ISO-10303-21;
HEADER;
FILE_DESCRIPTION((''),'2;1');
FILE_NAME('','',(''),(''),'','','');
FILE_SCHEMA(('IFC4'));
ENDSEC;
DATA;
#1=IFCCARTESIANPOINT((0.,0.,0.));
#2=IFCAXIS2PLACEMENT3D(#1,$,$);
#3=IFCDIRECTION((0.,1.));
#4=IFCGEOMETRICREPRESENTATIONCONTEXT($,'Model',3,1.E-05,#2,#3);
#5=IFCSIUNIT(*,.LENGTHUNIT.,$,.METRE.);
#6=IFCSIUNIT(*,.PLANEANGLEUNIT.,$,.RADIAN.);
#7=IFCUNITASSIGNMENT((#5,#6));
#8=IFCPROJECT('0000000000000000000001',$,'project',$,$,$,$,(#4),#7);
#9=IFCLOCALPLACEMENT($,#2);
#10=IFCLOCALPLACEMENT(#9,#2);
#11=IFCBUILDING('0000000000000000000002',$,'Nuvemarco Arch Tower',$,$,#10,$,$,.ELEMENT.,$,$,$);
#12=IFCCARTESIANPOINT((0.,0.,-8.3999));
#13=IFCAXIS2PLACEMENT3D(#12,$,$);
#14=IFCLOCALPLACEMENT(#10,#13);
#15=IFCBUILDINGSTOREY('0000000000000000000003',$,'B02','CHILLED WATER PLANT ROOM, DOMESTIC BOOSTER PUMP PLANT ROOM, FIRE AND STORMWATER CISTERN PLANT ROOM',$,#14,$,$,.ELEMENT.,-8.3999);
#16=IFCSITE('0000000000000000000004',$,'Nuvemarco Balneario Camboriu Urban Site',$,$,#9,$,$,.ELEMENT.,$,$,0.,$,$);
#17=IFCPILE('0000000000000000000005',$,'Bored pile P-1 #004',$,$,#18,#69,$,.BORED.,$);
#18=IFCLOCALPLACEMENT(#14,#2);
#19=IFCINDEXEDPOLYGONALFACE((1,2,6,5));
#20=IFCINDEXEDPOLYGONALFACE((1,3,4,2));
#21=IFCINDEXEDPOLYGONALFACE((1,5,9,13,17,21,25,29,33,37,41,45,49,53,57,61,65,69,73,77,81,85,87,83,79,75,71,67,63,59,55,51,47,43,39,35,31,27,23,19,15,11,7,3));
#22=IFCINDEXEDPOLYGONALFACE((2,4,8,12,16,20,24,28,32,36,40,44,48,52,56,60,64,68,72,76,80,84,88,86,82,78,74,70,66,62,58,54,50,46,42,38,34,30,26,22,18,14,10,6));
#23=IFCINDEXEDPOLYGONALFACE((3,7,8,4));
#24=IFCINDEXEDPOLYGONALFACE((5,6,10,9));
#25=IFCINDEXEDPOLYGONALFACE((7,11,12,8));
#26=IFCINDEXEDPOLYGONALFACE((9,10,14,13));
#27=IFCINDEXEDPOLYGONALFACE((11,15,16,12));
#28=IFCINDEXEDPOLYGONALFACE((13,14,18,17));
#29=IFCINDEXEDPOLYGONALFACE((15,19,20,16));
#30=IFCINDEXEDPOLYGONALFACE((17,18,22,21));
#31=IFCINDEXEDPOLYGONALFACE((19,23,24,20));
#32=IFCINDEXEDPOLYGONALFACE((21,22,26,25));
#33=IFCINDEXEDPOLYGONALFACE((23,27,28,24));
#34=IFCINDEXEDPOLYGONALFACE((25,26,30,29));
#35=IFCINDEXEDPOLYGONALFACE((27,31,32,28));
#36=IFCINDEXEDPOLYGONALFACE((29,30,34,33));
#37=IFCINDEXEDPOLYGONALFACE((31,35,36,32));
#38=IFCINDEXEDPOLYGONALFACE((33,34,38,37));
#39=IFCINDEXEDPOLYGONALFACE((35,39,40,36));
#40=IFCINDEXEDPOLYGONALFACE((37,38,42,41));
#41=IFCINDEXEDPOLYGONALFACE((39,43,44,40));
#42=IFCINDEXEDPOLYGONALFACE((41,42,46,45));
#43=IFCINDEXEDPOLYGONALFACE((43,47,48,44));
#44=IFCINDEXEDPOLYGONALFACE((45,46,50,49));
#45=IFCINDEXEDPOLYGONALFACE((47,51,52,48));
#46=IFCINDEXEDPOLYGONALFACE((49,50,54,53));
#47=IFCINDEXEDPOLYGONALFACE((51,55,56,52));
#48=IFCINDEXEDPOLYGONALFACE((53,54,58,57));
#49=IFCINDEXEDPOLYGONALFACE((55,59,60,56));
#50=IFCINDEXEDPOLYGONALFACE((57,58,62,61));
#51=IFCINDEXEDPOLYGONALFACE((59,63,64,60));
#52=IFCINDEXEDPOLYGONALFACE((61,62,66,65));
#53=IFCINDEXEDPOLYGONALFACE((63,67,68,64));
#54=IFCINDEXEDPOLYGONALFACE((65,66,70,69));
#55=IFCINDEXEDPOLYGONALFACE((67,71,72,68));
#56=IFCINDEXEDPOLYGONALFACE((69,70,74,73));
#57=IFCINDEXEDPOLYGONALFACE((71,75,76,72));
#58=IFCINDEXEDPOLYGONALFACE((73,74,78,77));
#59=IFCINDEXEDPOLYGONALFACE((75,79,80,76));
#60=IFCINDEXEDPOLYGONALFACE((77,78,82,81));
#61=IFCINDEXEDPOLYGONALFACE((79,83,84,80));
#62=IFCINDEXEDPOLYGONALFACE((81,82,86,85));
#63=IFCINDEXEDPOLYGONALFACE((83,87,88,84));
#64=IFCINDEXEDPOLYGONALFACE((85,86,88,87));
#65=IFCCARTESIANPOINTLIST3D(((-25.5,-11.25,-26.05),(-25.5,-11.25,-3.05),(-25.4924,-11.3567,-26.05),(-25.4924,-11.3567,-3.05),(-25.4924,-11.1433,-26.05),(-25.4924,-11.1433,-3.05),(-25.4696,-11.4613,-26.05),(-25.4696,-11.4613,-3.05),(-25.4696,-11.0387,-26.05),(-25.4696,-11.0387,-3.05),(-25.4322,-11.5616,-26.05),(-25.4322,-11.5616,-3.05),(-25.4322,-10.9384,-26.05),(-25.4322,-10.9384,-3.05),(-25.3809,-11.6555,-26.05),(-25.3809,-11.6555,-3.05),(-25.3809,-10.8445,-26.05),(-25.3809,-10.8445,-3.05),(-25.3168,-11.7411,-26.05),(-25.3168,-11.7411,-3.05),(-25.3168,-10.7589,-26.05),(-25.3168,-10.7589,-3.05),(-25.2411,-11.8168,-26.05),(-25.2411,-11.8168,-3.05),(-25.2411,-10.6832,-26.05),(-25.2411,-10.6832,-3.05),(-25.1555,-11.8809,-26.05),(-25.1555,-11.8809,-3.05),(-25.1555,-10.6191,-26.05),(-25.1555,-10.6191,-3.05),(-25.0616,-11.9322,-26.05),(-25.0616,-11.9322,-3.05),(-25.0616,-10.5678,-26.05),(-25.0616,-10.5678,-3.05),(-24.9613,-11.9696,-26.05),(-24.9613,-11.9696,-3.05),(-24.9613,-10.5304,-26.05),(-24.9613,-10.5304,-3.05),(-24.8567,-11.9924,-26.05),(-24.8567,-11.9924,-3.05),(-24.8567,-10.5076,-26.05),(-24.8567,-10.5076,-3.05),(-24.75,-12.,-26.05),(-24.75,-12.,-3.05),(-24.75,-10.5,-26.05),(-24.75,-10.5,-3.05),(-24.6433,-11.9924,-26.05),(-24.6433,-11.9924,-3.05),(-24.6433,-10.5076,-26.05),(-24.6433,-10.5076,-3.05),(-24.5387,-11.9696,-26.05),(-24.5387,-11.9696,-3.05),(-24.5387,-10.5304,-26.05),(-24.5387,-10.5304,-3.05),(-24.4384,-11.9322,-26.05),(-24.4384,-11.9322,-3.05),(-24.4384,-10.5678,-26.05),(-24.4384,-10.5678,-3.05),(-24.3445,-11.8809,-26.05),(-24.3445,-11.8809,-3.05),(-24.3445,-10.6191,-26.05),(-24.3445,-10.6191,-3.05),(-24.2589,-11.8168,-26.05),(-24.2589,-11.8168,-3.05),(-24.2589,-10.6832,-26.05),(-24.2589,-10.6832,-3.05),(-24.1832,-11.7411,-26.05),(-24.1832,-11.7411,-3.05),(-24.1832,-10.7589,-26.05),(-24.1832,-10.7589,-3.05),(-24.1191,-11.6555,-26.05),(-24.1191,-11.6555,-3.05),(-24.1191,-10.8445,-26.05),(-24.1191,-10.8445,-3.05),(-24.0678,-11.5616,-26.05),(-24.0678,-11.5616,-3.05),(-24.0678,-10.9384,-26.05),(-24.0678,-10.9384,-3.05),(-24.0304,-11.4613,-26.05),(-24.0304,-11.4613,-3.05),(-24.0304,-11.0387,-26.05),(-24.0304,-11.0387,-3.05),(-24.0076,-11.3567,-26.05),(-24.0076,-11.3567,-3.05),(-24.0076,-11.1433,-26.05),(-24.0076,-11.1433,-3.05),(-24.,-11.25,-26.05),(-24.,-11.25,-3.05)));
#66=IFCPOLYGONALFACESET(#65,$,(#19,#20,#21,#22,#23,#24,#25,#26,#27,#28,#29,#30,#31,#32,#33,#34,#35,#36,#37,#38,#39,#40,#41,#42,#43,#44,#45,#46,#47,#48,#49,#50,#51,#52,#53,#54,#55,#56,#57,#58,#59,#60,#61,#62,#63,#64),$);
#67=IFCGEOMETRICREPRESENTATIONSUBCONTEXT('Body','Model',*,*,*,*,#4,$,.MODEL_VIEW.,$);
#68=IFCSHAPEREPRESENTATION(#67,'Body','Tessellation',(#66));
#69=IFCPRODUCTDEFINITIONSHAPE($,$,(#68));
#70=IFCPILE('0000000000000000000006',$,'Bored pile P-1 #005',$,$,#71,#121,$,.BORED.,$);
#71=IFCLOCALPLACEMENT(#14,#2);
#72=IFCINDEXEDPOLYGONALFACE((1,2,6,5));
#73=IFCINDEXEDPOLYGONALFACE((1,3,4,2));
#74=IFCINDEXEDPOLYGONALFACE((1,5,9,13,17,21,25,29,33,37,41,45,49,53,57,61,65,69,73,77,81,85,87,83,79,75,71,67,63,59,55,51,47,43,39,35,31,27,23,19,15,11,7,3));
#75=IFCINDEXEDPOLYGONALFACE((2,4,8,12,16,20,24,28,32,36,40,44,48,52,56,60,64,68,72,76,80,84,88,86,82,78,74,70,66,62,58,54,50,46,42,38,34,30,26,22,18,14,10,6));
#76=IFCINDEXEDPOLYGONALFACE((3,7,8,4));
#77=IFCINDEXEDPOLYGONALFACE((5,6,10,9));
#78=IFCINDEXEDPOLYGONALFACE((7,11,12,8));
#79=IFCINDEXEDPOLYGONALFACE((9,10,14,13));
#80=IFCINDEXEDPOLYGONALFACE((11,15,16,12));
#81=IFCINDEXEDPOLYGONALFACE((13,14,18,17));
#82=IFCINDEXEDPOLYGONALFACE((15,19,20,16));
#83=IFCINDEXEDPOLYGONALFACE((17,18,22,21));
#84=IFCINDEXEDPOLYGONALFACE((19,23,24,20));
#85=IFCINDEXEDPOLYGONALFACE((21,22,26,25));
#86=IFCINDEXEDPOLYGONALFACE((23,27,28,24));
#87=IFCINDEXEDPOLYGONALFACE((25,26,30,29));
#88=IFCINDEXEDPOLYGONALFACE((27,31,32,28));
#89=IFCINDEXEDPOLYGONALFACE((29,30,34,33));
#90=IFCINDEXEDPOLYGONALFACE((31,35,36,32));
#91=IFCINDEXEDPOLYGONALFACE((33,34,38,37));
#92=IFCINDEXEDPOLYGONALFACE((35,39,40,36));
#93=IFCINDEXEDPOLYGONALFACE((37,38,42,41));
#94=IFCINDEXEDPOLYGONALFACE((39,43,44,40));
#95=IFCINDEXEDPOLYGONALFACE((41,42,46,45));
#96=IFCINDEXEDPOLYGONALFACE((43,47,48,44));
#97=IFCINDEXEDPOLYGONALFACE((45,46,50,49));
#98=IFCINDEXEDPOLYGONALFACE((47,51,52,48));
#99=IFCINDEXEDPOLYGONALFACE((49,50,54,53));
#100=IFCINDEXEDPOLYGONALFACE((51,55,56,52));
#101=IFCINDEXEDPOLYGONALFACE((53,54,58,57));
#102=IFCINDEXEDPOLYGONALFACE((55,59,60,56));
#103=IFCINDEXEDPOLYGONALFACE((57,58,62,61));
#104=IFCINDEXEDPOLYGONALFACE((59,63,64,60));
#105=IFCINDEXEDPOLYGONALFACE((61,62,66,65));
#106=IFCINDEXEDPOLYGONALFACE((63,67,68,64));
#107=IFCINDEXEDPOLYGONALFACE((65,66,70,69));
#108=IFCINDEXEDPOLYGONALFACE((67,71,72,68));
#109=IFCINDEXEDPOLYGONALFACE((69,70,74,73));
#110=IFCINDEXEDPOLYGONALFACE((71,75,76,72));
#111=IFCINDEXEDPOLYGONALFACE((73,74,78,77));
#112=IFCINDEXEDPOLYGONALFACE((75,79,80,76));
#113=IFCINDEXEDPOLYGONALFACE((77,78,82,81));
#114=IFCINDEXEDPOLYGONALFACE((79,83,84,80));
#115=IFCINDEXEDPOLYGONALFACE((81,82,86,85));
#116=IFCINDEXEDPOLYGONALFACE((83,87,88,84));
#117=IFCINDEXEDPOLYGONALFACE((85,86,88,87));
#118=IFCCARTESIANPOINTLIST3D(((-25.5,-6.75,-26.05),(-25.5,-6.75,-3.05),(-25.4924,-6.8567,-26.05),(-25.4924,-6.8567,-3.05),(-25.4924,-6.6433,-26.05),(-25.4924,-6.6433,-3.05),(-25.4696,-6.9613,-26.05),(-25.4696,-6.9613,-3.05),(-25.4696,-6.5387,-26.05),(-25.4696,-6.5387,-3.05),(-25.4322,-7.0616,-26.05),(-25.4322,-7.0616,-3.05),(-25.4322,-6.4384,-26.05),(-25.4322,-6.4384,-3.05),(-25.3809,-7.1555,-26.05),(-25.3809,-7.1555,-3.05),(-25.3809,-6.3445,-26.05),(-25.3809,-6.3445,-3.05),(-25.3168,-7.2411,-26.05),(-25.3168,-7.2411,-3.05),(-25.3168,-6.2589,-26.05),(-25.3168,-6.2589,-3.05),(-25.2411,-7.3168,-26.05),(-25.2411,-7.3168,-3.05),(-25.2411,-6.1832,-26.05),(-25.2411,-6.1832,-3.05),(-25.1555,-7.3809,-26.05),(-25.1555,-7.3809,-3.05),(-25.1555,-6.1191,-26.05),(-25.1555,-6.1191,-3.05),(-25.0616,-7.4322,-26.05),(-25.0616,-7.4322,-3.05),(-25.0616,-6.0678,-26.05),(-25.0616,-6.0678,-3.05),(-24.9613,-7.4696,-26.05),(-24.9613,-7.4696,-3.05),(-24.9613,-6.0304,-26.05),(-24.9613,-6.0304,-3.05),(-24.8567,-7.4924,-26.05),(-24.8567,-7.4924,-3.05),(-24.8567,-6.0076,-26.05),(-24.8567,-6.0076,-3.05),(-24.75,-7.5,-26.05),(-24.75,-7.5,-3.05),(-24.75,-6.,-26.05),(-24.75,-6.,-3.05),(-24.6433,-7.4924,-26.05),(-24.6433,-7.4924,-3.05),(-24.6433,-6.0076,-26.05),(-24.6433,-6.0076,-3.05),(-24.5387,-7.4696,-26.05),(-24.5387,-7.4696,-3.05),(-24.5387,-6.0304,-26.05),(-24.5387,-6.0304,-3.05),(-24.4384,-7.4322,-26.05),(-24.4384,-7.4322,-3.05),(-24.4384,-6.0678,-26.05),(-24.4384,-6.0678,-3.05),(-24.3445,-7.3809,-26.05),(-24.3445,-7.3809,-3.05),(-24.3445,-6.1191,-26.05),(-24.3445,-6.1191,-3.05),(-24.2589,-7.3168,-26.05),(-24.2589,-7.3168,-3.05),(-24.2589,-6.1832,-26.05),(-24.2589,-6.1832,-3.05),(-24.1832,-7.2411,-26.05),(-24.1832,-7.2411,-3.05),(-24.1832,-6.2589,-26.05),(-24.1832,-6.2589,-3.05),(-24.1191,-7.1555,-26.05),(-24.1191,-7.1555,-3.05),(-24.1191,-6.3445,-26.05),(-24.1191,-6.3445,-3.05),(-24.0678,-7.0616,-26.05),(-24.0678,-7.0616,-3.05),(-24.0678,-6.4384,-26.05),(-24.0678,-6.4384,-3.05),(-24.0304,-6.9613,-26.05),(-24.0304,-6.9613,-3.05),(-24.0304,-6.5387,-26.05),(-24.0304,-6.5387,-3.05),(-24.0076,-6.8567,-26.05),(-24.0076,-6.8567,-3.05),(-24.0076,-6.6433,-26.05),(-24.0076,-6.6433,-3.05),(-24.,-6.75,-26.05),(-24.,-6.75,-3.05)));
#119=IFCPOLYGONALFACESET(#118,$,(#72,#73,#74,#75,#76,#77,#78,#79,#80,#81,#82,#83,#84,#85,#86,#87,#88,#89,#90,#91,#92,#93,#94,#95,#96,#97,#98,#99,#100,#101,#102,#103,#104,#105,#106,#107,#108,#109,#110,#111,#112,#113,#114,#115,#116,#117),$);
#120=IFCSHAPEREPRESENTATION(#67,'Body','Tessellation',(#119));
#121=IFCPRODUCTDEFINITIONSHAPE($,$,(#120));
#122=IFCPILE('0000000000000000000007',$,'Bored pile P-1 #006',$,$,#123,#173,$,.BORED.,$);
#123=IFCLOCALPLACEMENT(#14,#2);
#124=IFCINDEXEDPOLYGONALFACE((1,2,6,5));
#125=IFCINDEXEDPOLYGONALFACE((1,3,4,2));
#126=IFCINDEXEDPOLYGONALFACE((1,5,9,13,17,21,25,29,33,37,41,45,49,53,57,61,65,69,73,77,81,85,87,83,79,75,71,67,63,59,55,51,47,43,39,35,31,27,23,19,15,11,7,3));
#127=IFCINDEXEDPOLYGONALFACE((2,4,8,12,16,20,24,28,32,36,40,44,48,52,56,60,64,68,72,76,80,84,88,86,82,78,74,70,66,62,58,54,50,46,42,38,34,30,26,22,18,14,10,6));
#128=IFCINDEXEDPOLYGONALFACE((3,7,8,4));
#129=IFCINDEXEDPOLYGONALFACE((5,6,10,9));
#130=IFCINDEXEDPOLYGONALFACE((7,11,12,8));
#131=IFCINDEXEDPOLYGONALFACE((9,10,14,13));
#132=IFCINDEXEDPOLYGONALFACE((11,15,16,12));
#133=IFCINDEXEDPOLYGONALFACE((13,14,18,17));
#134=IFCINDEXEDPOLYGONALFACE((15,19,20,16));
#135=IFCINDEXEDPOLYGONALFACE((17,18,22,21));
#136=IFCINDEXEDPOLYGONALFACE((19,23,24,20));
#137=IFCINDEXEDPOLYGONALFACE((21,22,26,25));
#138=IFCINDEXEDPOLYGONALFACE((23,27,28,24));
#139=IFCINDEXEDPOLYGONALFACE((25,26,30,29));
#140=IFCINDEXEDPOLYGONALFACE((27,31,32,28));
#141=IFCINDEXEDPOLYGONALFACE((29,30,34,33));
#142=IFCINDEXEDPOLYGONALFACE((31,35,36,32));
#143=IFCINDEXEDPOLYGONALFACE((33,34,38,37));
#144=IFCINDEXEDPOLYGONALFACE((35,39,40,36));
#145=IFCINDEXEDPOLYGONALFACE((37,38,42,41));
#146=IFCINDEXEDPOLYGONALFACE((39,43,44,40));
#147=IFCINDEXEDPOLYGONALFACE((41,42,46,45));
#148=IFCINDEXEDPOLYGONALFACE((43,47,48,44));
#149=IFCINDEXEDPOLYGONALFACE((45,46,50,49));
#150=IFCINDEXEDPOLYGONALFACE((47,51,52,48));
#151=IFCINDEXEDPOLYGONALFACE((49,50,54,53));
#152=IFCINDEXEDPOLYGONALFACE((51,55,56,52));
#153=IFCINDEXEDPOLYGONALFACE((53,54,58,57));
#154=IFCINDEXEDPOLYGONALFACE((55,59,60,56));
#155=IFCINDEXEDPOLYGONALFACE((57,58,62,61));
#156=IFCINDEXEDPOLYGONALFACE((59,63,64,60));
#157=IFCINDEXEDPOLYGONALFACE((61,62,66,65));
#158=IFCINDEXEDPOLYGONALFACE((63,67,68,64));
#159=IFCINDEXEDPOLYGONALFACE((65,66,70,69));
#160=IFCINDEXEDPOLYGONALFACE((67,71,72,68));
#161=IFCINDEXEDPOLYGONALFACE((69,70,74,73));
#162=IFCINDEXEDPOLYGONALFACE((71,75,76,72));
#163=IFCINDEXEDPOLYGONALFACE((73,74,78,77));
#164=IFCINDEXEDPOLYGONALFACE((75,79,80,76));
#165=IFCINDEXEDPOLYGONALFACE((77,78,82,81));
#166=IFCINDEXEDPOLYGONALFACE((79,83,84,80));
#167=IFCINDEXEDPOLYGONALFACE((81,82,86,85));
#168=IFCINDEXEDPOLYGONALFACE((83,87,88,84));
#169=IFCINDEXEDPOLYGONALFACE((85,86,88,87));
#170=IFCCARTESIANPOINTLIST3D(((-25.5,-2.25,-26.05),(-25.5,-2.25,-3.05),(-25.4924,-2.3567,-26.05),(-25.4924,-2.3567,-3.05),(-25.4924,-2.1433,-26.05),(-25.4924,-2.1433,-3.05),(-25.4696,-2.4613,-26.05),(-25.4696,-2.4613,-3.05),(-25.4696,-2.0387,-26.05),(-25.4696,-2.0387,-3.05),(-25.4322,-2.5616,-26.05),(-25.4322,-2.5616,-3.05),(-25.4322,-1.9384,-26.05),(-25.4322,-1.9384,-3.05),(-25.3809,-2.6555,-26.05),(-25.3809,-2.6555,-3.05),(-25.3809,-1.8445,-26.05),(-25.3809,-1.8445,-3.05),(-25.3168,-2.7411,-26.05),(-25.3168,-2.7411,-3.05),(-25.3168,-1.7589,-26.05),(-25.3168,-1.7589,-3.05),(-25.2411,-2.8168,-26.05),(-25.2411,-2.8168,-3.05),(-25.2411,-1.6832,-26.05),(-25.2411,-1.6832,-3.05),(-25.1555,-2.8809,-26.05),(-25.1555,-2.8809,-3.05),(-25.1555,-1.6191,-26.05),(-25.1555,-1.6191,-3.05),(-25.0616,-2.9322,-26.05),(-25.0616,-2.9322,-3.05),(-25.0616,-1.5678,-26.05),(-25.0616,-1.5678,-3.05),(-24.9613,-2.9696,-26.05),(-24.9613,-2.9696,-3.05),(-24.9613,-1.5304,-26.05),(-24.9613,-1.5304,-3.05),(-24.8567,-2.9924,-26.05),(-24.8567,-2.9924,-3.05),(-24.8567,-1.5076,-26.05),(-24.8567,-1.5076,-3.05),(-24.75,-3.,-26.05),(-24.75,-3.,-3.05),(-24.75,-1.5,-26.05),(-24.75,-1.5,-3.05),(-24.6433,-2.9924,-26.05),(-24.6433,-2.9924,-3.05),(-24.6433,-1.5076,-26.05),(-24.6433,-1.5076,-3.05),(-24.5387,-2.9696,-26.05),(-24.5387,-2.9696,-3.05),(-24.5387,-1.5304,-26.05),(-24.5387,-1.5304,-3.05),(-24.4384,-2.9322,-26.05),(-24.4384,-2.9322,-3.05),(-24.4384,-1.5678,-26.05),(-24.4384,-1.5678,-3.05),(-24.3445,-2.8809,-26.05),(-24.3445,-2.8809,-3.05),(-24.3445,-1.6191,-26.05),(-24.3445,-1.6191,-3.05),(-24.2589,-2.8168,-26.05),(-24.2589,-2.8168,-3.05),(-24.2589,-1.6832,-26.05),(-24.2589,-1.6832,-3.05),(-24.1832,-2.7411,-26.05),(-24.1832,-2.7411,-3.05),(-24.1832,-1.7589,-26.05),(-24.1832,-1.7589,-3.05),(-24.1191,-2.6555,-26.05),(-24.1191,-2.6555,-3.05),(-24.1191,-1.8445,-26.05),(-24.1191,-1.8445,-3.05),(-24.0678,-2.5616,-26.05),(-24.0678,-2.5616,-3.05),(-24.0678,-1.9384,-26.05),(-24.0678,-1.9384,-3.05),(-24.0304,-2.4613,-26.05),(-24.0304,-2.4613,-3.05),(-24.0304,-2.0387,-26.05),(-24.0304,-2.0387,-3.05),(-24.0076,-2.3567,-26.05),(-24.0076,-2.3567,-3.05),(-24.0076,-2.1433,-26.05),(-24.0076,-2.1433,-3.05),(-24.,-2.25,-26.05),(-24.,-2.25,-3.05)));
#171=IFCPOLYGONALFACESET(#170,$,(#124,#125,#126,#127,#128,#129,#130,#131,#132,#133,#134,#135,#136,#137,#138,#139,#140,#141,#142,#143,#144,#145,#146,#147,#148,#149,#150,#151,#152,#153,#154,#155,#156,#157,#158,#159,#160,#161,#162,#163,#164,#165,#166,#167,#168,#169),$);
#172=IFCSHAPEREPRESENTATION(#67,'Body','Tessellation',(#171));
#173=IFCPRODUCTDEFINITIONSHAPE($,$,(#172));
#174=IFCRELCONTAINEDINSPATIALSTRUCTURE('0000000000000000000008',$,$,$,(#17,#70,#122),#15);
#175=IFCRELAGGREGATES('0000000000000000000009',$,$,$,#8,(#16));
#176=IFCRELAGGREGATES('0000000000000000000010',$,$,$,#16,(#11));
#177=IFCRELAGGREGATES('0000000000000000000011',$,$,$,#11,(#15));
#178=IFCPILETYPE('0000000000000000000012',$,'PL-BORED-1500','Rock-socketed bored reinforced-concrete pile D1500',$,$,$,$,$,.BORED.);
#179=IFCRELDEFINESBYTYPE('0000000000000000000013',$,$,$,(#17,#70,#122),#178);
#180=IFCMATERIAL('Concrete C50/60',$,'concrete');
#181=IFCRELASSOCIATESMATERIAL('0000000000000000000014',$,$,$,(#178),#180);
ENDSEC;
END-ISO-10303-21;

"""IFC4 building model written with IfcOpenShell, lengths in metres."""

from ifc_helpers import new_model, si_unit, direction, frame, origin, origin_2d, place, context, subcontext, project, spatial, circle, extrude, material, material_profile, profile_set, type_object, element, save


model = new_model("IFC4")

# Units and contexts
model_context = context("Model", 3, precision=1e-05, world=origin(), true_north=direction((0.0, 1.0)))
body_context = subcontext(model_context, "Body", "Model", "MODEL_VIEW")
ifc_project = project(units=[si_unit("LENGTHUNIT", "METRE"), si_unit("PLANEANGLEUNIT", "RADIAN")], contexts=[model_context])

# Site, building, storey
site_placement = place(None, origin())
site = spatial("IfcSite", under=ifc_project, at=site_placement, Name="Nuvemarco Balneario Camboriu Urban Site", CompositionType="ELEMENT", RefElevation=0.0)
building_placement = place(site_placement, origin())
building = spatial("IfcBuilding", under=site, at=building_placement, Name="Nuvemarco Arch Tower", CompositionType="ELEMENT")
storey_placement = place(building_placement, frame((0.0, 0.0, -8.3999)))
storey = spatial("IfcBuildingStorey", under=building, at=storey_placement, Name="B02", Description="CHILLED WATER PLANT ROOM, DOMESTIC BOOSTER PUMP PLANT ROOM, FIRE AND STORMWATER CISTERN PLANT ROOM", CompositionType="ELEMENT", Elevation=-8.3999)

# Piles
ifc_material_1 = material(Name="Concrete C50/60", Category="concrete")
ifc_material_profile_1 = material_profile(ifc_material_1, circle(Radius=0.75, at=origin_2d()), Name="PILE-D1500")
ifc_profile_set_1 = profile_set([ifc_material_profile_1], Name="Concrete C50/60")
pile_type = type_object("IfcPileType", Name="PL-BORED-1500", Description="Rock-socketed bored reinforced-concrete pile D1500", PredefinedType="BORED", material=ifc_profile_set_1)
for number, where, z_axis, x_axis, name in (
    (1, (-24.75, -11.25, -3.05), (0.0, 0.0, -1.0), (1.0, 0.0, 0.0), "Bored pile P-1 #004"),
    (2, (-24.75, -6.75, -3.05), (0.0, 0.0, -1.0), (1.0, 0.0, 0.0), "Bored pile P-1 #005"),
    (3, (-24.75, -2.25, -3.05), (0.0, 0.0, -1.0), (1.0, 0.0, 0.0), "Bored pile P-1 #006"),
):
    element("IfcPile", number, at=place(storey_placement, frame(where, z_axis=z_axis, x_axis=x_axis)), inside=storey, type_object=pile_type, Name=name, PredefinedType="BORED", context=body_context, shape_type="SweptSolid", body=[
        extrude(circle(Radius=0.75, at=origin_2d()), origin(), (0.0, 0.0, 1.0), 23.0),
    ])

save(model, "model.ifc")
